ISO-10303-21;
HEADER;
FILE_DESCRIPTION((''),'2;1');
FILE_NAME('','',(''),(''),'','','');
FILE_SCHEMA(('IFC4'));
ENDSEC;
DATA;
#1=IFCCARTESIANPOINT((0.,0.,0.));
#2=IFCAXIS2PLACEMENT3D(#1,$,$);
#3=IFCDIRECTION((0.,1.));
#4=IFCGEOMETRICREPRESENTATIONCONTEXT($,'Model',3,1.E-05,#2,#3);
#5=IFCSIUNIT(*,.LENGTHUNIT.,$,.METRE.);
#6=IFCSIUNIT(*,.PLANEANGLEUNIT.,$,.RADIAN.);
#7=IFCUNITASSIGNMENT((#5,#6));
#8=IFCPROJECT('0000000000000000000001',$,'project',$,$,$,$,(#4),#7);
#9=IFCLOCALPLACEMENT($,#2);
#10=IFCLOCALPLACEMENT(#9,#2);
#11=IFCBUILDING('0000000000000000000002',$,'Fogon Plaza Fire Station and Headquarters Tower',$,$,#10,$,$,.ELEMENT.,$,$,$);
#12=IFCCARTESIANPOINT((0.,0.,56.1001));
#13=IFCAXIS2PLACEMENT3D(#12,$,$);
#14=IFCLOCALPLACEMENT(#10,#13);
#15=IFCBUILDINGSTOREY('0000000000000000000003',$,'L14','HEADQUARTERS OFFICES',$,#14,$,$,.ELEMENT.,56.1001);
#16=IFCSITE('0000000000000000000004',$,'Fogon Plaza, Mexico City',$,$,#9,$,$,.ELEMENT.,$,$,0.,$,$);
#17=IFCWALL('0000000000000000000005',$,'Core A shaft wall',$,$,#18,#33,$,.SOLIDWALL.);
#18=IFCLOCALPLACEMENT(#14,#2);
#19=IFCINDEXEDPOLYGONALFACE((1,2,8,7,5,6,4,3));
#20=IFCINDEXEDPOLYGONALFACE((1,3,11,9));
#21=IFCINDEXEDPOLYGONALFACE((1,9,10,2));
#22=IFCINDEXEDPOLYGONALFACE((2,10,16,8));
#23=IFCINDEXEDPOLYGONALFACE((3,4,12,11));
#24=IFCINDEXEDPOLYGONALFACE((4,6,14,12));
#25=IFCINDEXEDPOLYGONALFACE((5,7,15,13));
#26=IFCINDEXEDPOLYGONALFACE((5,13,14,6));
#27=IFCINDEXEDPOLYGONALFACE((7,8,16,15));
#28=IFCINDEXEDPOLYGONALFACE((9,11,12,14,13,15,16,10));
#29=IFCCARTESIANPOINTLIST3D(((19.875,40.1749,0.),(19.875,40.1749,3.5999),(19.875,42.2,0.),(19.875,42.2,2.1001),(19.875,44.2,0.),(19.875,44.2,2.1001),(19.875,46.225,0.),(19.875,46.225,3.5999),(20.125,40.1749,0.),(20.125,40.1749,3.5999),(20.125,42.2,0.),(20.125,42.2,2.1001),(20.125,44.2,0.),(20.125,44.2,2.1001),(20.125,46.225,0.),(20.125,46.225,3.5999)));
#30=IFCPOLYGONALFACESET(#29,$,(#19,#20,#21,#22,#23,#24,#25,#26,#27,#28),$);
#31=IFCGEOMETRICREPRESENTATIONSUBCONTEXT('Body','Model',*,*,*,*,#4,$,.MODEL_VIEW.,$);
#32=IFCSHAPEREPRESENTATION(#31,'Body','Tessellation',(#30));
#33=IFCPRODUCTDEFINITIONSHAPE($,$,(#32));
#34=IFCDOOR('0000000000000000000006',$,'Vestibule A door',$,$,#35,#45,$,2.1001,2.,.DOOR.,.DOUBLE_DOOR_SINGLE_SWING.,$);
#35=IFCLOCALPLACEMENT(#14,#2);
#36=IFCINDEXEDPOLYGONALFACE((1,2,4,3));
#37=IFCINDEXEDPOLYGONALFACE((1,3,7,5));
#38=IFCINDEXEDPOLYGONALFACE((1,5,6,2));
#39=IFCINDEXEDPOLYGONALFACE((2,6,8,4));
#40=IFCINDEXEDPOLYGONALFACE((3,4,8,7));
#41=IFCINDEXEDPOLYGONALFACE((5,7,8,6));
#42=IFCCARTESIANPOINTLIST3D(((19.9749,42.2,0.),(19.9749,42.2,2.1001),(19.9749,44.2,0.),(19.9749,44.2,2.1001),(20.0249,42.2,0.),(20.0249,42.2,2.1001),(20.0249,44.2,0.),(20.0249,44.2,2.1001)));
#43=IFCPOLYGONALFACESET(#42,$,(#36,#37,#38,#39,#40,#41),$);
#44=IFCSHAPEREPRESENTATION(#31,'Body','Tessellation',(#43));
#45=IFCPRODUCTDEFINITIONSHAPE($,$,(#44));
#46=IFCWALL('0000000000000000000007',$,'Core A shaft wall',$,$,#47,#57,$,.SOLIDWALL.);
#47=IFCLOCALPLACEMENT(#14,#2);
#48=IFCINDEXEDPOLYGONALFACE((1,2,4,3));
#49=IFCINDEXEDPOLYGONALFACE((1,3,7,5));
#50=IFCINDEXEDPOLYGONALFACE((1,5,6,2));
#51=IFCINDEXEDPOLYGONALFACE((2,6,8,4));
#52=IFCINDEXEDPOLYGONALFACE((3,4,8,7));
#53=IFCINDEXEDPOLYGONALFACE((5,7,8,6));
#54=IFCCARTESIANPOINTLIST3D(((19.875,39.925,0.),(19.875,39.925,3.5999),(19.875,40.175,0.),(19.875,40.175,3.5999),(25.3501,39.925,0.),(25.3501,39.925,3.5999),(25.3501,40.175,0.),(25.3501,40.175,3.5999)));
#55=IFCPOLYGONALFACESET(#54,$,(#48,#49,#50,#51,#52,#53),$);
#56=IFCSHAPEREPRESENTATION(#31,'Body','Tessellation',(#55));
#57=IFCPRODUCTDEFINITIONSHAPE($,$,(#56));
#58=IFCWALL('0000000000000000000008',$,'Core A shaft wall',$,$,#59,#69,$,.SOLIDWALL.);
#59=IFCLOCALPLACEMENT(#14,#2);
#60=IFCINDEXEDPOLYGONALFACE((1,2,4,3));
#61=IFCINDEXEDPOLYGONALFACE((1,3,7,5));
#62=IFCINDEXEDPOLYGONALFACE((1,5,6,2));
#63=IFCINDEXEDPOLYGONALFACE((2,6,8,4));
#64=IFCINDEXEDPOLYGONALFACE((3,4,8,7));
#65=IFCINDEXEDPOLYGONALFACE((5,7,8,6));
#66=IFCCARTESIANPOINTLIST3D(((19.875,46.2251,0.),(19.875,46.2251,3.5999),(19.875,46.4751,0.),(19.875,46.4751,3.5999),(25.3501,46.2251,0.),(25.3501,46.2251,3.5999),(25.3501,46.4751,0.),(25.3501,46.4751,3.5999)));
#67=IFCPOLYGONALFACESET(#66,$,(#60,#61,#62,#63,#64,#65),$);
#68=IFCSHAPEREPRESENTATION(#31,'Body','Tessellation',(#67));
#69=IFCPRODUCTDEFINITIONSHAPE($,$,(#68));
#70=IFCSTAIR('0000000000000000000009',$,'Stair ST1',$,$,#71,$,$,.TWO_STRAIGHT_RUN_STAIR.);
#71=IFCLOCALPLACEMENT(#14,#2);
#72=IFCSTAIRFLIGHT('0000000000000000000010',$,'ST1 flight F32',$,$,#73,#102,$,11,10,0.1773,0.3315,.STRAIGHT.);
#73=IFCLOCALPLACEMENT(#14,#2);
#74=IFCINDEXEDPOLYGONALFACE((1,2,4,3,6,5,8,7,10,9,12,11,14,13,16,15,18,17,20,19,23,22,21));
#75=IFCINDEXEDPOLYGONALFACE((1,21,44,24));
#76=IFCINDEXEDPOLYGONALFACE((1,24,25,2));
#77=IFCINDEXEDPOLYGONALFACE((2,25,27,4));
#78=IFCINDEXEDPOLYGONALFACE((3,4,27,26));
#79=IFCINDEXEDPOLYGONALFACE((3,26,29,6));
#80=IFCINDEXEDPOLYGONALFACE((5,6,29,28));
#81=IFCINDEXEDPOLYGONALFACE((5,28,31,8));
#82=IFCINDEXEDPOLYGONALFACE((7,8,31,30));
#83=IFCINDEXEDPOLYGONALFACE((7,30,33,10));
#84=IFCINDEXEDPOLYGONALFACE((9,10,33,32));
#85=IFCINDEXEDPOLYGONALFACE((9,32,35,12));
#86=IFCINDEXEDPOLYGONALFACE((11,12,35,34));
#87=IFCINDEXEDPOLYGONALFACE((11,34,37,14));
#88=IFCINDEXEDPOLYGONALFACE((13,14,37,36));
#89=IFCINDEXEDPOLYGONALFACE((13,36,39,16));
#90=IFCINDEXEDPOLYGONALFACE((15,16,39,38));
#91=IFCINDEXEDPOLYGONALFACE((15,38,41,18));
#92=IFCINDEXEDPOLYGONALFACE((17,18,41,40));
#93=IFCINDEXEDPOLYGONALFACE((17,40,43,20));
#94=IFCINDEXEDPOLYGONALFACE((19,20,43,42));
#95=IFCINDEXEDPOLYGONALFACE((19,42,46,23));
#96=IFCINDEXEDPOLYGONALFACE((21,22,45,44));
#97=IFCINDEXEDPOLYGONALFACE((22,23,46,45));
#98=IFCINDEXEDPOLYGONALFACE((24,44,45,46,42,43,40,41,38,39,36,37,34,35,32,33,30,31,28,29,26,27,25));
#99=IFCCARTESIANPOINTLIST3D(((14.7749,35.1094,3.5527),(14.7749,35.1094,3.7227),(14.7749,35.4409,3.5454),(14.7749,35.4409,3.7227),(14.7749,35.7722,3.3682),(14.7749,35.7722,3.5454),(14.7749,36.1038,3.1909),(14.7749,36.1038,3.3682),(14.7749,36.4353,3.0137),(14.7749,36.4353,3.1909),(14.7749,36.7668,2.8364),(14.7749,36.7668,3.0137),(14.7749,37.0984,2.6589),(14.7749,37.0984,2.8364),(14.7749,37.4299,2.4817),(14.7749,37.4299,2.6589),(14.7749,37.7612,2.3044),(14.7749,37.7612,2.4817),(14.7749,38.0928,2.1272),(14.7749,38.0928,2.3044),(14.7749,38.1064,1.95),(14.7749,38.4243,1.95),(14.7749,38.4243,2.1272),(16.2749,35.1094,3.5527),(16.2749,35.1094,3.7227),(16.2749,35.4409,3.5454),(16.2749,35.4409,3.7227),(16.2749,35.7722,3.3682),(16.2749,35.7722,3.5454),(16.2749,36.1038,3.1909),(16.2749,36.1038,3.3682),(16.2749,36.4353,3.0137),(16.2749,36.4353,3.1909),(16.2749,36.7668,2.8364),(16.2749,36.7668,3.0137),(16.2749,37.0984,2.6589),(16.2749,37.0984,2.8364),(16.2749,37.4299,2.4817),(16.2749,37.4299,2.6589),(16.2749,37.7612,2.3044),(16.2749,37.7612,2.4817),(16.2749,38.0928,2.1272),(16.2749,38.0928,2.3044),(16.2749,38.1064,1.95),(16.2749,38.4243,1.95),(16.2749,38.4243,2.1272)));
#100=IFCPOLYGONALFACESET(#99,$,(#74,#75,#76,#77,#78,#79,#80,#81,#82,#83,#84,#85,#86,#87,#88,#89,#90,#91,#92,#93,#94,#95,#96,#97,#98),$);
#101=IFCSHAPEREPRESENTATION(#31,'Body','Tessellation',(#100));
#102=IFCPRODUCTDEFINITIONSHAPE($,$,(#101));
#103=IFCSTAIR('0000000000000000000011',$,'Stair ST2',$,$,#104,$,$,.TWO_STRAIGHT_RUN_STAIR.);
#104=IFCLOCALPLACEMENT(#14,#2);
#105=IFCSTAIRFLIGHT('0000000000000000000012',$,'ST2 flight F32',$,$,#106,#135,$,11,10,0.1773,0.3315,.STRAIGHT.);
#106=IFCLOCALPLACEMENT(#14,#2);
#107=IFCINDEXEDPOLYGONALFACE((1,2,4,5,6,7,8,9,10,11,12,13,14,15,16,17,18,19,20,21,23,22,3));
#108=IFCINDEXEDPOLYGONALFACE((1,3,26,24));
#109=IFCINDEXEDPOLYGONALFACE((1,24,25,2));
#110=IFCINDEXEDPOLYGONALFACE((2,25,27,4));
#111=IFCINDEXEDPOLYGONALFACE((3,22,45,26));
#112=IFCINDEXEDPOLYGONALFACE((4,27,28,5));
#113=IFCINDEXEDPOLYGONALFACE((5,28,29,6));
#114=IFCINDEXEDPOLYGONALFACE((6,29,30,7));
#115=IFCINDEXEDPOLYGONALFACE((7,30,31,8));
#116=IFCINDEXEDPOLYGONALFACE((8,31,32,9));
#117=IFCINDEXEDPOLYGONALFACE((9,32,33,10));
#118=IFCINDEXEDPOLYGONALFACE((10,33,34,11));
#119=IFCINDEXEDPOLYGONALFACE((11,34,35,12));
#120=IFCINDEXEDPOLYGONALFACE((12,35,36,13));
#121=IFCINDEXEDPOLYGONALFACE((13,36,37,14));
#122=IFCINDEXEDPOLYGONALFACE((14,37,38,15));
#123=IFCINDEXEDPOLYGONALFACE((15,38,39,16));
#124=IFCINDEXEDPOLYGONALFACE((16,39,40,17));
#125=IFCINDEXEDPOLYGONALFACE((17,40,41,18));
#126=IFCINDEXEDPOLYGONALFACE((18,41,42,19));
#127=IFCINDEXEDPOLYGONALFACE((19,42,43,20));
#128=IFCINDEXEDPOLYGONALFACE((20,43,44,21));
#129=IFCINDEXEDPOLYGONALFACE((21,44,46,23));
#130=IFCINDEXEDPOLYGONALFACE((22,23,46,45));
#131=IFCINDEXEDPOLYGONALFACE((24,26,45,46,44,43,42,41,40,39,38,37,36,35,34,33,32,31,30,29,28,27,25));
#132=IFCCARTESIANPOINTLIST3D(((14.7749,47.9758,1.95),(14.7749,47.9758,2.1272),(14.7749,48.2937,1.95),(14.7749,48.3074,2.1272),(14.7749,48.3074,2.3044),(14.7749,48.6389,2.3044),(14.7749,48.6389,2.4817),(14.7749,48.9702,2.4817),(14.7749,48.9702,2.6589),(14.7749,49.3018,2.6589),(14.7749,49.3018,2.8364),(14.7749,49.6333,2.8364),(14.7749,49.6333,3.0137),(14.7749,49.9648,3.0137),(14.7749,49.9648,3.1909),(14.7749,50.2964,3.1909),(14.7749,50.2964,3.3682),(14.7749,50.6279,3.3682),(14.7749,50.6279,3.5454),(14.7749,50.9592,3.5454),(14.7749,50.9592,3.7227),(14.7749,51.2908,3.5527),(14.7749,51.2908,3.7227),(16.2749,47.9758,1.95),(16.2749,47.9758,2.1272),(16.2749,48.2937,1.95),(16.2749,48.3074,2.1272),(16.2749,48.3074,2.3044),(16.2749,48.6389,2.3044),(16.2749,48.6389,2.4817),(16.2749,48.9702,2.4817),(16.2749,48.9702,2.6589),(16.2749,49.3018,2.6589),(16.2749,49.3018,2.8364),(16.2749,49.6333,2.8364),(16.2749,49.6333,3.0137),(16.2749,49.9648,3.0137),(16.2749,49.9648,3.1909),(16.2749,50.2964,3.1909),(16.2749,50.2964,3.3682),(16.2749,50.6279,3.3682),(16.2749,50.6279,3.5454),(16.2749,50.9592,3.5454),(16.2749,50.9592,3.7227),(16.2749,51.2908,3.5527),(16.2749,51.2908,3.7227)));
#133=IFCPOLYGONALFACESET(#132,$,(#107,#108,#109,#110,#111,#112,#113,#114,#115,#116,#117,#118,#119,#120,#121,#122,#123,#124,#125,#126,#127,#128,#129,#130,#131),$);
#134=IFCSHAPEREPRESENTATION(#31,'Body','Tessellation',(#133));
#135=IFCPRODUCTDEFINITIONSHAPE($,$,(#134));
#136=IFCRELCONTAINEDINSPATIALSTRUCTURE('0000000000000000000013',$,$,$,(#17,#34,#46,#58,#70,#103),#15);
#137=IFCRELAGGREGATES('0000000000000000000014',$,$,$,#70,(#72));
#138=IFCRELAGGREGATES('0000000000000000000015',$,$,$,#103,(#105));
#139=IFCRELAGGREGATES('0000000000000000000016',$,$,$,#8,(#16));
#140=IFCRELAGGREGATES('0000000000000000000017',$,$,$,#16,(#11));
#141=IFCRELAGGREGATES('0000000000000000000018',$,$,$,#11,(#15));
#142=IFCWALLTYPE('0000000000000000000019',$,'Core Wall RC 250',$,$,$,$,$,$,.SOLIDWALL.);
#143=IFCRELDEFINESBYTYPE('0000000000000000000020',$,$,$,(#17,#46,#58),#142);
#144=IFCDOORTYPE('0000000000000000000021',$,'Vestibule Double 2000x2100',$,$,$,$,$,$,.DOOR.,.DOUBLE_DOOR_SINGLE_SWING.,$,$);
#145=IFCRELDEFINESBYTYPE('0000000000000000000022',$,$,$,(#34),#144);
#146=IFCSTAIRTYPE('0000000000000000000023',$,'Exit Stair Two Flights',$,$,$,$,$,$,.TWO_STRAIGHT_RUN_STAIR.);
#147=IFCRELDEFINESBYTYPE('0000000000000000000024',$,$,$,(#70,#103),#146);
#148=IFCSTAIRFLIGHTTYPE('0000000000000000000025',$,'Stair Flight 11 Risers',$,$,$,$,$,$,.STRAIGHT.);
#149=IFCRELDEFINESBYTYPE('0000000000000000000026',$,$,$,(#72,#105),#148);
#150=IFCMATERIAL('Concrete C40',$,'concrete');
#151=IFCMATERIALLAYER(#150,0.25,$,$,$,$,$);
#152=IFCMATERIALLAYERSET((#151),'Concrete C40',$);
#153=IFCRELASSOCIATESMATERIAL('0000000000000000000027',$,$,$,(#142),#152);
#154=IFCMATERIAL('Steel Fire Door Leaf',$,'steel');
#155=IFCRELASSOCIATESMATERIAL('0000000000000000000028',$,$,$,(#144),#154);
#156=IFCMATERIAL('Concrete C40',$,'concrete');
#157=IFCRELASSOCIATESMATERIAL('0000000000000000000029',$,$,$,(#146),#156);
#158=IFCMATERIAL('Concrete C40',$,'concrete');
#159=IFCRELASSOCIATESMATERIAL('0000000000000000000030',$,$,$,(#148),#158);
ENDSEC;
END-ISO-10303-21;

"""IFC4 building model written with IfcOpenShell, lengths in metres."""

from ifc_helpers import new_model, si_unit, direction, frame, frame_2d, origin, place, context, subcontext, project, spatial, polyline, rectangle, outline, extrude, material, layer, layer_set, type_object, element, fill, aggregate, save


model = new_model("IFC4")

# Units and contexts
model_context = context("Model", 3, precision=1e-05, world=origin(), true_north=direction((0.0, 1.0)))
body_context = subcontext(model_context, "Body", "Model", "MODEL_VIEW")
ifc_project = project(units=[si_unit("LENGTHUNIT", "METRE"), si_unit("PLANEANGLEUNIT", "RADIAN")], contexts=[model_context])

# Site, building, storey
site_placement = place(None, origin())
site = spatial("IfcSite", under=ifc_project, at=site_placement, Name="Fogon Plaza, Mexico City", CompositionType="ELEMENT", RefElevation=0.0)
building_placement = place(site_placement, origin())
building = spatial("IfcBuilding", under=site, at=building_placement, Name="Fogon Plaza Fire Station and Headquarters Tower", CompositionType="ELEMENT")
storey_placement = place(building_placement, frame((0.0, 0.0, 56.1001)))
storey = spatial("IfcBuildingStorey", under=building, at=storey_placement, Name="L14", Description="HEADQUARTERS OFFICES", CompositionType="ELEMENT", Elevation=56.1001)

# Shared definitions
ifc_material_1 = material(Name="Concrete C40", Category="concrete")
ifc_layer = layer(ifc_material_1, 0.25)
ifc_layer_set = layer_set([ifc_layer], Name="Concrete C40")
wall_type = type_object("IfcWallType", Name="Core Wall RC 250", PredefinedType="SOLIDWALL", material=ifc_layer_set)

# Wall, opening, door
wall_1_placement = place(storey_placement, frame((20.0, 40.175, 0.0), z_axis=(0.0, 0.0, 1.0), x_axis=(0.0, 1.0, 0.0)))
wall_1 = element("IfcWall", 1, at=wall_1_placement, inside=storey, type_object=wall_type, Name="Core A shaft wall", PredefinedType="SOLIDWALL", context=body_context, shape_type="SweptSolid", body=[
    extrude(rectangle(XDim=6.05, YDim=0.25, at=frame_2d((3.0249, 0.0))), origin(), (0.0, 0.0, 1.0), 3.5999),
])
opening_1_placement = place(wall_1_placement, frame((2.0249, 0.0, 0.0)))
opening_1 = element("IfcOpeningElement", 2, at=opening_1_placement, cuts=wall_1, PredefinedType="OPENING", context=body_context, shape_type="SweptSolid", body=[
    extrude(rectangle(XDim=2.0, YDim=2.1001, at=frame_2d((1.0, 1.05))), frame((0.0, 0.135, 0.0), z_axis=(0.0, -1.0, 0.0), x_axis=(1.0, 0.0, 0.0)), (0.0, 0.0, 1.0), 0.27),
])
ifc_material_2 = material(Name="Steel Fire Door Leaf", Category="steel")
door_type_1 = type_object("IfcDoorType", Name="Vestibule Double 2000x2100", OperationType="DOUBLE_DOOR_SINGLE_SWING", PredefinedType="DOOR", material=ifc_material_2)
door_1_placement = place(opening_1_placement, frame((2.0, 0.0, 0.0), z_axis=(0.0, 0.0, 1.0), x_axis=(-1.0, 0.0, 0.0)))
door_1 = element("IfcDoor", 3, at=door_1_placement, inside=storey, type_object=door_type_1, Name="Vestibule A door", OperationType="DOUBLE_DOOR_SINGLE_SWING", OverallHeight=2.1001, OverallWidth=2.0, PredefinedType="DOOR", context=body_context, shape_type="SweptSolid", body=[
    extrude(rectangle(XDim=2.0, YDim=2.1001, at=frame_2d((1.0, 1.05))), frame((0.0, 0.0249, 0.0), z_axis=(0.0, -1.0, 0.0), x_axis=(1.0, 0.0, 0.0)), (0.0, 0.0, 1.0), 0.05),
])
fill(opening_1, door_1)

# Walls
for number, where, z_axis, x_axis, name in (
    (4, (19.875, 40.05, 0.0), (0.0, 0.0, 1.0), (1.0, 0.0, 0.0), "Core A shaft wall"),
    (5, (19.875, 46.3501, 0.0), (0.0, 0.0, 1.0), (1.0, 0.0, 0.0), "Core A shaft wall"),
):
    element("IfcWall", number, at=place(storey_placement, frame(where, z_axis=z_axis, x_axis=x_axis)), inside=storey, type_object=wall_type, Name=name, PredefinedType="SOLIDWALL", context=body_context, shape_type="SweptSolid", body=[
        extrude(rectangle(XDim=5.4751, YDim=0.25, at=frame_2d((2.7375, 0.0))), origin(), (0.0, 0.0, 1.0), 3.5999),
    ])

# Stairs, stair flights
ifc_material_3 = material(Name="Concrete C40", Category="concrete")
stair_type = type_object("IfcStairType", Name="Exit Stair Two Flights", PredefinedType="TWO_STRAIGHT_RUN_STAIR", material=ifc_material_3)
stair_1_placement = place(storey_placement, origin())
stair_1 = element("IfcStair", 6, at=stair_1_placement, inside=storey, type_object=stair_type, Name="Stair ST1", PredefinedType="TWO_STRAIGHT_RUN_STAIR")
ifc_material_4 = material(Name="Concrete C40", Category="concrete")
stair_flight_type = type_object("IfcStairFlightType", Name="Stair Flight 11 Risers", PredefinedType="STRAIGHT", material=ifc_material_4)
stair_flight_1_placement = place(storey_placement, frame((15.5249, 38.4243, 1.95), z_axis=(0.0, 0.0, 1.0), x_axis=(0.0, -1.0, 0.0)))
stair_flight_1 = element("IfcStairFlight", 7, at=stair_flight_1_placement, type_object=stair_flight_type, Name="ST1 flight F32", NumberOfRisers=11, NumberOfTreads=10, PredefinedType="STRAIGHT", RiserHeight=0.1773, TreadLength=0.3315, context=body_context, shape_type="SweptSolid", body=[
    extrude(outline(polyline([(0.0, 0.0), (0.0, 0.1772), (0.3315, 0.1772), (0.3315, 0.3545), (0.6631, 0.3545), (0.6631, 0.5317), (0.9944, 0.5317), (0.9944, 0.709), (1.3259, 0.709), (1.3259, 0.8865), (1.6575, 0.8865), (1.6575, 1.0637), (1.989, 1.0637), (1.989, 1.241), (2.3206, 1.241), (2.3206, 1.4182), (2.6521, 1.4182), (2.6521, 1.5955), (2.9834, 1.5955), (2.9834, 1.7727), (3.3149, 1.7727), (3.3149, 1.95), (3.3149, 1.6028), (0.3179, 0.0), (0.0, 0.0)])), frame((0.0, 0.75, 0.0), z_axis=(0.0, -1.0, 0.0), x_axis=(1.0, 0.0, 0.0)), (0.0, 0.0, 1.0), 1.5),
])
aggregate(stair_1, [stair_flight_1])
stair_2_placement = place(storey_placement, origin())
stair_2 = element("IfcStair", 8, at=stair_2_placement, inside=storey, type_object=stair_type, Name="Stair ST2", PredefinedType="TWO_STRAIGHT_RUN_STAIR")
stair_flight_2_placement = place(storey_placement, frame((15.5249, 47.9758, 1.95), z_axis=(0.0, 0.0, 1.0), x_axis=(0.0, 1.0, 0.0)))
stair_flight_2 = element("IfcStairFlight", 9, at=stair_flight_2_placement, type_object=stair_flight_type, Name="ST2 flight F32", NumberOfRisers=11, NumberOfTreads=10, PredefinedType="STRAIGHT", RiserHeight=0.1773, TreadLength=0.3315, context=body_context, shape_type="SweptSolid", body=[
    extrude(outline(polyline([(0.0, 0.0), (0.0, 0.1772), (0.3315, 0.1772), (0.3315, 0.3545), (0.6631, 0.3545), (0.6631, 0.5317), (0.9944, 0.5317), (0.9944, 0.709), (1.3259, 0.709), (1.3259, 0.8865), (1.6575, 0.8865), (1.6575, 1.0637), (1.989, 1.0637), (1.989, 1.241), (2.3206, 1.241), (2.3206, 1.4182), (2.6521, 1.4182), (2.6521, 1.5955), (2.9834, 1.5955), (2.9834, 1.7727), (3.3149, 1.7727), (3.3149, 1.95), (3.3149, 1.6028), (0.3179, 0.0), (0.0, 0.0)])), frame((0.0, 0.75, 0.0), z_axis=(0.0, -1.0, 0.0), x_axis=(1.0, 0.0, 0.0)), (0.0, 0.0, 1.0), 1.5),
])
aggregate(stair_2, [stair_flight_2])

save(model, "model.ifc")
